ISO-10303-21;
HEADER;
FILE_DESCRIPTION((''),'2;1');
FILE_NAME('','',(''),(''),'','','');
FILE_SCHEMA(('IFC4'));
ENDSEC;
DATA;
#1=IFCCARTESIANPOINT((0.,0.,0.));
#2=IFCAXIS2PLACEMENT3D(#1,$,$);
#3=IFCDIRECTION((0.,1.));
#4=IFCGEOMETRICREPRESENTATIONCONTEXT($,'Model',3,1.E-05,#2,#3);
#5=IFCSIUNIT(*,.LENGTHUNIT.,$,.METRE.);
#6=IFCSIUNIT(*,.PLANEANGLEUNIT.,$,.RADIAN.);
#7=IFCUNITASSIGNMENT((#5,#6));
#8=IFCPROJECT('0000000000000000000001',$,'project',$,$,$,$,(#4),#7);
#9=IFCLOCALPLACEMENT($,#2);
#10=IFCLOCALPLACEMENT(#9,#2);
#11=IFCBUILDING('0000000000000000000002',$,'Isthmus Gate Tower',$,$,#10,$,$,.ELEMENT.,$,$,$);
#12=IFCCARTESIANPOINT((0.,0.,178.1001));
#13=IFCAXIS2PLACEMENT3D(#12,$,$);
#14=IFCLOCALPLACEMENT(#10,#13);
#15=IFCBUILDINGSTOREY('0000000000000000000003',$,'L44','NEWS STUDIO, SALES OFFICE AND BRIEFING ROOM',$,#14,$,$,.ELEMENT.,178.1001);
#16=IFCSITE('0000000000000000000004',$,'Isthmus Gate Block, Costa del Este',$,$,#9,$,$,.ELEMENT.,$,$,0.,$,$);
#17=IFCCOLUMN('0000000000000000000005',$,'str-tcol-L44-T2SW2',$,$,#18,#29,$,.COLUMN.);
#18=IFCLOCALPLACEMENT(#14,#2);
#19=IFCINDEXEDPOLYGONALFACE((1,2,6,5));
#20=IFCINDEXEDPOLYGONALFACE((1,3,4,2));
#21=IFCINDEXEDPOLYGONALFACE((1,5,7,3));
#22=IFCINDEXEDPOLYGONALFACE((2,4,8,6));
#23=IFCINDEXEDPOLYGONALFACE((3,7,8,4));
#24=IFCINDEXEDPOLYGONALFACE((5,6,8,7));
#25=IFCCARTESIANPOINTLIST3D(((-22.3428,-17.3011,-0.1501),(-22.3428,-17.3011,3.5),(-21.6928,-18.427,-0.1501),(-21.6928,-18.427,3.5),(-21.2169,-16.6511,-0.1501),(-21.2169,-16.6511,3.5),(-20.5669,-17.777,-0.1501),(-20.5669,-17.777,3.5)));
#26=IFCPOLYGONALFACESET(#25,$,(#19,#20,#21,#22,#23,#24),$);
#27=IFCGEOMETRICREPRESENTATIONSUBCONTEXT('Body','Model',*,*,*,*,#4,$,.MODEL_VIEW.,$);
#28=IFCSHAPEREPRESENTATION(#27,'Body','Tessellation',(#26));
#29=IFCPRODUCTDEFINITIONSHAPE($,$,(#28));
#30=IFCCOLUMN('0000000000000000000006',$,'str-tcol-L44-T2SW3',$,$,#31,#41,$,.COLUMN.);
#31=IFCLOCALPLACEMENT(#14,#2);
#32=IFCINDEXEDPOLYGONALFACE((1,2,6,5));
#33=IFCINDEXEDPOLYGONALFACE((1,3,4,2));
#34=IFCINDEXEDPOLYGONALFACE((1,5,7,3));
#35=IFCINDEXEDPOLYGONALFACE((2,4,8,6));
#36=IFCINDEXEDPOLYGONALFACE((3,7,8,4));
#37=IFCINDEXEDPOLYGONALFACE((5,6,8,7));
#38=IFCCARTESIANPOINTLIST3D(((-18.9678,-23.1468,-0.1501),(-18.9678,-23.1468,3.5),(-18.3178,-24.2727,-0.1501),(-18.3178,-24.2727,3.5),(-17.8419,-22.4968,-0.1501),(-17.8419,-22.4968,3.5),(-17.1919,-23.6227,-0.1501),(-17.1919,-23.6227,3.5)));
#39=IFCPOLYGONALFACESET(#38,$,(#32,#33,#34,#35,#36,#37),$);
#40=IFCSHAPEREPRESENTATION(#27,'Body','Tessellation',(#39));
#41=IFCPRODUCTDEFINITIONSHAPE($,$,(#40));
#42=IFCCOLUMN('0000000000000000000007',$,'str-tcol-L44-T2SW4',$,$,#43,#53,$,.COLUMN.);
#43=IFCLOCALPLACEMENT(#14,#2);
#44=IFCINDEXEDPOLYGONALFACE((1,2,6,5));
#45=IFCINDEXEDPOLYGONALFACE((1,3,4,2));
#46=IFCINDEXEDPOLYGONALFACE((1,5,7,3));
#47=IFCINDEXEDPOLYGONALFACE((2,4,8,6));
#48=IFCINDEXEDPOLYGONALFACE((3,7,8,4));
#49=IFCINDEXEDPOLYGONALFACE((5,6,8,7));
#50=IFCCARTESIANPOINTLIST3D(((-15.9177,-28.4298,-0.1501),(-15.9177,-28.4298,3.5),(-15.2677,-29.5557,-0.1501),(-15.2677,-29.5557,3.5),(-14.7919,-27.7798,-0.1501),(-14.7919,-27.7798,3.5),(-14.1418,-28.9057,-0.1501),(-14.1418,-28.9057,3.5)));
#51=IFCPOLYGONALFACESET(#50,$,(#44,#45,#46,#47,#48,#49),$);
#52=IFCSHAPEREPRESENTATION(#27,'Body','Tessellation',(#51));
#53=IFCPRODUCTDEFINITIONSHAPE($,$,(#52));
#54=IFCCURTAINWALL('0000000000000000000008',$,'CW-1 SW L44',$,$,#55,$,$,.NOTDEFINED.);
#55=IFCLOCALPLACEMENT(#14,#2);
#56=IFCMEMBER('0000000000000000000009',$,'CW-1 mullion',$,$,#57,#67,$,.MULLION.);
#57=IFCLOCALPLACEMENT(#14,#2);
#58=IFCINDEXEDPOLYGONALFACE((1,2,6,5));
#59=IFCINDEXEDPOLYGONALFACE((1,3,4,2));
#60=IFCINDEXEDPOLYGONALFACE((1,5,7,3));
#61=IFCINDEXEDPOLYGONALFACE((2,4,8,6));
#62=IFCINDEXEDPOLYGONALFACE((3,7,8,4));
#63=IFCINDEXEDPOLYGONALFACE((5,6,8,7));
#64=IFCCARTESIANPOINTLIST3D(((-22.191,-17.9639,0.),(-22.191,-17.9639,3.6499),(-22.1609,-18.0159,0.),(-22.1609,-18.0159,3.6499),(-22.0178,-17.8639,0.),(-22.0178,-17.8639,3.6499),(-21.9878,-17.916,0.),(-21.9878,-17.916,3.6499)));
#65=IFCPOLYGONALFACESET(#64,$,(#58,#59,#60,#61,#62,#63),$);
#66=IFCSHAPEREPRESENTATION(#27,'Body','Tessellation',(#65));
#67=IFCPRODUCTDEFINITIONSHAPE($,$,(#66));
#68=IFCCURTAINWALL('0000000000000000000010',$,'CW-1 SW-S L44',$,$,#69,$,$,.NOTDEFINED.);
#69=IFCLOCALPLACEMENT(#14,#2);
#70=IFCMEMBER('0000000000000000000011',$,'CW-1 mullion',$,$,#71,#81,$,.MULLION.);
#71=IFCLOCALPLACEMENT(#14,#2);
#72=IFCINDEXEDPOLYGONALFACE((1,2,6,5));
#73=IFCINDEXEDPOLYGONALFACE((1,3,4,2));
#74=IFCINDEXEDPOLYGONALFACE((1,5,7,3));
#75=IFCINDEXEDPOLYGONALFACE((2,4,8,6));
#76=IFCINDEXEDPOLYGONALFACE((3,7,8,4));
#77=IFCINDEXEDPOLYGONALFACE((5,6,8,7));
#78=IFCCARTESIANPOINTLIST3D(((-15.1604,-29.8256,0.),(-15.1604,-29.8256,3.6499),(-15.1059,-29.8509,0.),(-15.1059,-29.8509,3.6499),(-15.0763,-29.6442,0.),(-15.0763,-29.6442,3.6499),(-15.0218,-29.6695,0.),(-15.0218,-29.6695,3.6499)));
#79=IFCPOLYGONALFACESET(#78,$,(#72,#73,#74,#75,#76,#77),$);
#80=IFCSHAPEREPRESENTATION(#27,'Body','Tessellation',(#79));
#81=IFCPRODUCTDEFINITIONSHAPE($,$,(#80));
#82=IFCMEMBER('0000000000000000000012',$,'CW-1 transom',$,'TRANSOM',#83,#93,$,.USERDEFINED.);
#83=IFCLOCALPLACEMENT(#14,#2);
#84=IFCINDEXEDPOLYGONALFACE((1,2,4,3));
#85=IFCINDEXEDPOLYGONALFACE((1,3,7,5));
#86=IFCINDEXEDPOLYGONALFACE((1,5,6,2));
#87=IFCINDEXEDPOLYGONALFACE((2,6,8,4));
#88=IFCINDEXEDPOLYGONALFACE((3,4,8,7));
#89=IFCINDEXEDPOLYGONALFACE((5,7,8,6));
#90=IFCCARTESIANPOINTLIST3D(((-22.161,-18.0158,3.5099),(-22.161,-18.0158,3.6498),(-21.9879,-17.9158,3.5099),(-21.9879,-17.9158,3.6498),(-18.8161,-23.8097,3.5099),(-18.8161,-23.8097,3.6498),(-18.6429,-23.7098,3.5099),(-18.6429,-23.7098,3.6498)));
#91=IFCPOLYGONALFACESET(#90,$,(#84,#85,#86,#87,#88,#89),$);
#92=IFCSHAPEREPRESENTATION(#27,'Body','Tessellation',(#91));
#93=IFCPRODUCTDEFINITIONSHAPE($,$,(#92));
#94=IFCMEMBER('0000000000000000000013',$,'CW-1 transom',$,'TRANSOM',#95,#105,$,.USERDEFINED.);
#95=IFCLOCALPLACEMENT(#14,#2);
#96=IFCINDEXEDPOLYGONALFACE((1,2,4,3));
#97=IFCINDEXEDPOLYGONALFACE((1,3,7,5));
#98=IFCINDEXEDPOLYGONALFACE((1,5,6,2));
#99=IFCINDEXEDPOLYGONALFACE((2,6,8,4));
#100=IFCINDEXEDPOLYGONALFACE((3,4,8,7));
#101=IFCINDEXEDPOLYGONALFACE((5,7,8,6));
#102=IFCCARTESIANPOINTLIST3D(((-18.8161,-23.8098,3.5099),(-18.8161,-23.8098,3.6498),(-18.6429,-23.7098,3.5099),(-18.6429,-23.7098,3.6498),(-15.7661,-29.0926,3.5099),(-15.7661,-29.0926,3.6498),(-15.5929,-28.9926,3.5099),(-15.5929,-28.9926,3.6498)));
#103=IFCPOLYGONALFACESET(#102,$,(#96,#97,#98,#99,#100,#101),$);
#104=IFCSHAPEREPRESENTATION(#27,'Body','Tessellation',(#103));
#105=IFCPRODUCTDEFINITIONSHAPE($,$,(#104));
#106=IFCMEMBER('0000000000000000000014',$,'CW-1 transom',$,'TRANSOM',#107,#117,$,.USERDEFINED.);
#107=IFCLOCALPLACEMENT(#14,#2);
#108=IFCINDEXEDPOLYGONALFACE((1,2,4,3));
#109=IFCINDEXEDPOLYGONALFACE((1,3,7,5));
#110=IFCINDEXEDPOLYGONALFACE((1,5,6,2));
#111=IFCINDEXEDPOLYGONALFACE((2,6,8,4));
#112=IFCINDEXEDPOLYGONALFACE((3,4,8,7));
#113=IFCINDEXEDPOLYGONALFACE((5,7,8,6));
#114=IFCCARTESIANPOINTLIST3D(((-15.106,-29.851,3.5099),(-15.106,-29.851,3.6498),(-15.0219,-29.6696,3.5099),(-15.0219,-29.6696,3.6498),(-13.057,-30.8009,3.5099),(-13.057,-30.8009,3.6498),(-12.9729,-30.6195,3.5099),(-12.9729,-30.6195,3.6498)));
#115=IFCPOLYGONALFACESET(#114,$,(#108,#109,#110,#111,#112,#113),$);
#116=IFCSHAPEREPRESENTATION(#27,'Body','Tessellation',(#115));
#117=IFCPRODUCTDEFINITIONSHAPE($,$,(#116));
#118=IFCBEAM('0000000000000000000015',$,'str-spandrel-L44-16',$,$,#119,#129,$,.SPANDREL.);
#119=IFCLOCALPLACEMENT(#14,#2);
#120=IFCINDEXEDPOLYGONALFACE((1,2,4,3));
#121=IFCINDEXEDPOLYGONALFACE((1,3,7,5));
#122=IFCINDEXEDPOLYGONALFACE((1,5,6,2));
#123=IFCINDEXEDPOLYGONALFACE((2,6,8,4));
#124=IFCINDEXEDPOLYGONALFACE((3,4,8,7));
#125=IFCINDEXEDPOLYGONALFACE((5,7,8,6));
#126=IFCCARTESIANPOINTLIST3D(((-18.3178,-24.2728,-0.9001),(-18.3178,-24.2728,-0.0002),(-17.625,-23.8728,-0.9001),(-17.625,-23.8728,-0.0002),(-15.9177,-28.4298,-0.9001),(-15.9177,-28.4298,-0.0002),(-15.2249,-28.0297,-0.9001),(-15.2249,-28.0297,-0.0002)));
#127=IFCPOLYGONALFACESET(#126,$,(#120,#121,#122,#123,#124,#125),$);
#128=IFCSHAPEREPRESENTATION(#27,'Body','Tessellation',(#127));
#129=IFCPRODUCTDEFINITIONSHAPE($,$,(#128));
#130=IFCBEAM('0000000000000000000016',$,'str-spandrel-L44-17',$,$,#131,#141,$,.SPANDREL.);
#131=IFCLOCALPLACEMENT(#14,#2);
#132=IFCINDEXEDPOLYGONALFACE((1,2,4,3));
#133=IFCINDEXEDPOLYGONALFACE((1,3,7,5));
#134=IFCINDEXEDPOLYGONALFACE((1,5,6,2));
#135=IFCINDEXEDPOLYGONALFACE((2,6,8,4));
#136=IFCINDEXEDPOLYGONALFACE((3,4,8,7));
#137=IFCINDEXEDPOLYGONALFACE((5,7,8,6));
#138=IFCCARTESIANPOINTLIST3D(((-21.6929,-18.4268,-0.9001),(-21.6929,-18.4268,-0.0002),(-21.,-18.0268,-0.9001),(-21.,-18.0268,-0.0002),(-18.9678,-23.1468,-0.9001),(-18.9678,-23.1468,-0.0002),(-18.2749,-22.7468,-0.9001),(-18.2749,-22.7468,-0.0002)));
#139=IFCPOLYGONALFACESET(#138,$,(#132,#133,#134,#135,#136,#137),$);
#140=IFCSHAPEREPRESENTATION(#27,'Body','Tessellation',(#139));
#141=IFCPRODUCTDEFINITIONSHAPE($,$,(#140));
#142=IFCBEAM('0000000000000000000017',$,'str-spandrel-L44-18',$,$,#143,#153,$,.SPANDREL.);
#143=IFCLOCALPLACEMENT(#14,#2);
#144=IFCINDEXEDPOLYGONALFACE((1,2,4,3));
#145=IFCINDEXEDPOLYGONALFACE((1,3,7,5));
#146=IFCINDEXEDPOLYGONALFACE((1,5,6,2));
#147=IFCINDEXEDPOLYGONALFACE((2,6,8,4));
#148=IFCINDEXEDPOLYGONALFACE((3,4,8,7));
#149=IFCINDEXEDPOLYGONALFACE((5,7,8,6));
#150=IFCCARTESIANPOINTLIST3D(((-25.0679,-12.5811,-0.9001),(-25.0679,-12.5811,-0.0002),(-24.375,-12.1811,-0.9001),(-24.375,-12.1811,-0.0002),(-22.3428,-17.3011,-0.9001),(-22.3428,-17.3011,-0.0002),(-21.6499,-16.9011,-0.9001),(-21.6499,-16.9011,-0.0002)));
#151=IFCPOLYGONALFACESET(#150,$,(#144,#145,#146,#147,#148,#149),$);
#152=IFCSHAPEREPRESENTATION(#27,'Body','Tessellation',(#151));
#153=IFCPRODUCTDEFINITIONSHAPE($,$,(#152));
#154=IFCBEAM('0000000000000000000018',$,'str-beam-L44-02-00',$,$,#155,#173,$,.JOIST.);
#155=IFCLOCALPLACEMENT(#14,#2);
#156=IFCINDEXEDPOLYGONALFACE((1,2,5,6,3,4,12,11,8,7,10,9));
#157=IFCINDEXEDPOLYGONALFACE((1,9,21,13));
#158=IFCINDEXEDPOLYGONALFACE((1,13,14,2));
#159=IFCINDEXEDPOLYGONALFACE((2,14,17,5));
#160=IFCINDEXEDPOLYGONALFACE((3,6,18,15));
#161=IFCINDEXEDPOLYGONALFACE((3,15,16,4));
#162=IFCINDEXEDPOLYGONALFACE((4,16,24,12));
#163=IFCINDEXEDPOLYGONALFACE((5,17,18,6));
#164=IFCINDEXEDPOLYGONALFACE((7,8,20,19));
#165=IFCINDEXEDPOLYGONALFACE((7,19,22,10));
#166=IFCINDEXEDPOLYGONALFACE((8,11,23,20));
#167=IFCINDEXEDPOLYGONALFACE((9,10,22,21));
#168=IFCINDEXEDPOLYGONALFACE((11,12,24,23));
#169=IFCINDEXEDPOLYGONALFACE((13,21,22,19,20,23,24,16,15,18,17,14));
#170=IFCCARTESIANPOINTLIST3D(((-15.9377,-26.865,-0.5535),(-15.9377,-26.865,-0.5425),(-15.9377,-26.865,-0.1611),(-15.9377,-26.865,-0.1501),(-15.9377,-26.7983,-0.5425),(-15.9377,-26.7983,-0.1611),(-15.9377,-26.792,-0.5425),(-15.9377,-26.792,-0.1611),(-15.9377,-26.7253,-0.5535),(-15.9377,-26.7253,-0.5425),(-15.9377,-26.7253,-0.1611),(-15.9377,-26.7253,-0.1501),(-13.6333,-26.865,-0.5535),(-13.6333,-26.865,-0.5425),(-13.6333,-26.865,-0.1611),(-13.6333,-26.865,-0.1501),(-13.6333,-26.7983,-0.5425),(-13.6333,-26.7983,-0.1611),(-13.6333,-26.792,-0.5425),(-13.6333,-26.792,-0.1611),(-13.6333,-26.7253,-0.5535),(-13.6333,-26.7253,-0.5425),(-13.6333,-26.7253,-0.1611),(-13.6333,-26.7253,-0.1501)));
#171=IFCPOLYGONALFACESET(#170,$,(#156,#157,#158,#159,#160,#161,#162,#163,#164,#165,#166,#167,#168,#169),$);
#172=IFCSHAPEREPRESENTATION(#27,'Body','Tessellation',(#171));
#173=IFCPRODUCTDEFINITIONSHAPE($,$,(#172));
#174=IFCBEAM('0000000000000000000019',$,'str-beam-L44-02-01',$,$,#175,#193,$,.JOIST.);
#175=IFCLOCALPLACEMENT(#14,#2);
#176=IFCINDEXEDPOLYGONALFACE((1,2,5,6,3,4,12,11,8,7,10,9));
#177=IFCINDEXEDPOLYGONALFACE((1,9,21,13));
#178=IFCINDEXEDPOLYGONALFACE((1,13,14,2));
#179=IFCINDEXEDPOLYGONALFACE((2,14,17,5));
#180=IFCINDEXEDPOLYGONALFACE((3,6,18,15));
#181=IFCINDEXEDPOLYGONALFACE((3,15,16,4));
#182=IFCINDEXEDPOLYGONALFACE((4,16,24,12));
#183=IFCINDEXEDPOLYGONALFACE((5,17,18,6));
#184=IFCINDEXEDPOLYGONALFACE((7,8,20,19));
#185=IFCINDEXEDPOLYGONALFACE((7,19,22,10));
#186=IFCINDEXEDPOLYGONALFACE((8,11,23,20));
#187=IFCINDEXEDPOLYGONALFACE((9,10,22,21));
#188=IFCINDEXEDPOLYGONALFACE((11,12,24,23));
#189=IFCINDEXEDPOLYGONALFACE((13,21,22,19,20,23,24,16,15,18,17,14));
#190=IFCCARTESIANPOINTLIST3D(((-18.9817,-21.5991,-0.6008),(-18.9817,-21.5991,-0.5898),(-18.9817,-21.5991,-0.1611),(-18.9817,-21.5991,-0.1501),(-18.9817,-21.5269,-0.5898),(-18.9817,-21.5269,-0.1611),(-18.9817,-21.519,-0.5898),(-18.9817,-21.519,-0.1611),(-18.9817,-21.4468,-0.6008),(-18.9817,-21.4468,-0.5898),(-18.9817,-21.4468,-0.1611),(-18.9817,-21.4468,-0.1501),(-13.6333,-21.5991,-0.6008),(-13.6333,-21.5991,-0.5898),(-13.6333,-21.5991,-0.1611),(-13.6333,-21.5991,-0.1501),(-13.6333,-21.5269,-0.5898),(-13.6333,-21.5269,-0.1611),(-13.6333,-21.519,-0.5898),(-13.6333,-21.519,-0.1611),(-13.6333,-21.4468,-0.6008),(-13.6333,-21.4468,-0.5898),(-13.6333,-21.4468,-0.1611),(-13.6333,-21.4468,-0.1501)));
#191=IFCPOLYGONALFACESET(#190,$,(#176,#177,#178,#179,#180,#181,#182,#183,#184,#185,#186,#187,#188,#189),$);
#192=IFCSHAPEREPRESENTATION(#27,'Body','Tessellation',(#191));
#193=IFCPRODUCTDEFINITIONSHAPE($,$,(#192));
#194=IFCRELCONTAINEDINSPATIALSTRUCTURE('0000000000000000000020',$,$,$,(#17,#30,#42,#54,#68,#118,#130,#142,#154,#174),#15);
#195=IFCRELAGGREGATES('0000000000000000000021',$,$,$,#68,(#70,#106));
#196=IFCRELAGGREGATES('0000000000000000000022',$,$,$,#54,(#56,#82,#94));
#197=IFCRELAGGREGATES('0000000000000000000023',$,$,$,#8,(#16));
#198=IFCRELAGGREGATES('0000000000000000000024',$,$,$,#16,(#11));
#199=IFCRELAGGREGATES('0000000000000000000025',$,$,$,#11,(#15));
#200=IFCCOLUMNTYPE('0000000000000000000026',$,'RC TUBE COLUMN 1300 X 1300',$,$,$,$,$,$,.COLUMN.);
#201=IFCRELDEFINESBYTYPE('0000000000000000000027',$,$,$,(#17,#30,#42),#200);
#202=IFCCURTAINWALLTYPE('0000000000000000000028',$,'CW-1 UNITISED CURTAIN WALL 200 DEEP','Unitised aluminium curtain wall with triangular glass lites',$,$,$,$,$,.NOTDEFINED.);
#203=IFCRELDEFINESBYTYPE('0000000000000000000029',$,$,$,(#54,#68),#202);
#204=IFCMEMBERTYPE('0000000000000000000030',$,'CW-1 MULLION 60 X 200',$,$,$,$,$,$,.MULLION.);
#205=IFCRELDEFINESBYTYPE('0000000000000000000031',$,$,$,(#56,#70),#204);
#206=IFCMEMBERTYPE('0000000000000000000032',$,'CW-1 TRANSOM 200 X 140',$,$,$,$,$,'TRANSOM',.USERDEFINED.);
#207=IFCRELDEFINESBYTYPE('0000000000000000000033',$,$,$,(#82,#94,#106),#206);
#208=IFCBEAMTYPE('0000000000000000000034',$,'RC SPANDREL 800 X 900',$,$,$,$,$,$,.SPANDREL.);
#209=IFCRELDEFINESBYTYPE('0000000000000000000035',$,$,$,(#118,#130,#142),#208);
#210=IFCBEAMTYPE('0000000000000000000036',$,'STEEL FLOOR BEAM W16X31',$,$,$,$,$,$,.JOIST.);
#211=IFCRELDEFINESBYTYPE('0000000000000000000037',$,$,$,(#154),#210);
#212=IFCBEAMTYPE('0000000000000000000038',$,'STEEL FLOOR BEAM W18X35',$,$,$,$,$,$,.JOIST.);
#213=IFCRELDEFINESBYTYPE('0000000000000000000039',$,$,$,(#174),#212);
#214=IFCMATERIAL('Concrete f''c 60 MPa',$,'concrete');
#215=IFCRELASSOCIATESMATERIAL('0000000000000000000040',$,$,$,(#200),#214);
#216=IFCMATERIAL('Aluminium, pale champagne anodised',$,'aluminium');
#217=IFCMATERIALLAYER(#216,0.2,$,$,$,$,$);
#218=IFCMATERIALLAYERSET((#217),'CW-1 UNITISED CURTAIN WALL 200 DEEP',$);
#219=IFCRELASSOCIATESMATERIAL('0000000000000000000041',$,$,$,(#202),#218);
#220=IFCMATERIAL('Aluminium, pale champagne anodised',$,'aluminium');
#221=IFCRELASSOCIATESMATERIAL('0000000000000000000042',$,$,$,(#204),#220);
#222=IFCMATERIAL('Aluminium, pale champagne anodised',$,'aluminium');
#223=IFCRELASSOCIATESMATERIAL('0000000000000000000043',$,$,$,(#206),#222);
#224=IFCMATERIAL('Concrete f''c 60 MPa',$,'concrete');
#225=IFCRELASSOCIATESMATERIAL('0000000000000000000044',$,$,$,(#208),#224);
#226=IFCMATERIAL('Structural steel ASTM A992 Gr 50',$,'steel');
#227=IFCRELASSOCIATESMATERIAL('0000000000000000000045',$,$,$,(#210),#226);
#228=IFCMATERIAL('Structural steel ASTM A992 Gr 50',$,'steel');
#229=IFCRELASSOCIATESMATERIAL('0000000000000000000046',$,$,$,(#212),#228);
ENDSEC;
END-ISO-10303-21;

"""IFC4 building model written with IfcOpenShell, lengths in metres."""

from ifc_helpers import new_model, si_unit, direction, frame, origin, origin_2d, place, context, subcontext, project, spatial, rectangle, i_section, extrude, material, layer, layer_set, material_profile, profile_set, type_object, element, aggregate, save


model = new_model("IFC4")

# Units and contexts
model_context = context("Model", 3, precision=1e-05, world=origin(), true_north=direction((0.0, 1.0)))
body_context = subcontext(model_context, "Body", "Model", "MODEL_VIEW")
ifc_project = project(units=[si_unit("LENGTHUNIT", "METRE"), si_unit("PLANEANGLEUNIT", "RADIAN")], contexts=[model_context])

# Site, building, storey
site_placement = place(None, origin())
site = spatial("IfcSite", under=ifc_project, at=site_placement, Name="Isthmus Gate Block, Costa del Este", CompositionType="ELEMENT", RefElevation=0.0)
building_placement = place(site_placement, origin())
building = spatial("IfcBuilding", under=site, at=building_placement, Name="Isthmus Gate Tower", CompositionType="ELEMENT")
storey_placement = place(building_placement, frame((0.0, 0.0, 178.1001)))
storey = spatial("IfcBuildingStorey", under=building, at=storey_placement, Name="L44", Description="NEWS STUDIO, SALES OFFICE AND BRIEFING ROOM", CompositionType="ELEMENT", Elevation=178.1001)

# Columns
ifc_material_1 = material(Name="Concrete f'c 60 MPa", Category="concrete")
ifc_material_profile_1 = material_profile(ifc_material_1, rectangle(XDim=1.3, YDim=1.3, at=origin_2d()), Name="RC 1300X1300")
ifc_profile_set_1 = profile_set([ifc_material_profile_1], Name="Concrete f'c 60 MPa")
column_type = type_object("IfcColumnType", Name="RC TUBE COLUMN 1300 X 1300", PredefinedType="COLUMN", material=ifc_profile_set_1)
for number, where, z_axis, x_axis, name in (
    (1, (-21.4548, -17.5391, -0.1501), (0.0, 0.0, 1.0), (0.5, -0.866025, 0.0), "str-tcol-L44-T2SW2"),
    (2, (-18.0798, -23.3848, -0.1501), (0.0, 0.0, 1.0), (0.5, -0.866025, 0.0), "str-tcol-L44-T2SW3"),
    (3, (-15.0298, -28.6677, -0.1501), (0.0, 0.0, 1.0), (0.5, -0.866025, 0.0), "str-tcol-L44-T2SW4"),
):
    element("IfcColumn", number, at=place(storey_placement, frame(where, z_axis=z_axis, x_axis=x_axis)), inside=storey, type_object=column_type, Name=name, PredefinedType="COLUMN", context=body_context, shape_type="SweptSolid", body=[
        extrude(rectangle(XDim=1.3, YDim=1.3, at=origin_2d()), origin(), (0.0, 0.0, 1.0), 3.6501),
    ])

# Curtain walls, members
ifc_material_2 = material(Name="Aluminium, pale champagne anodised", Category="aluminium")
ifc_layer_1 = layer(ifc_material_2, 0.2)
ifc_layer_set_1 = layer_set([ifc_layer_1], Name="CW-1 UNITISED CURTAIN WALL 200 DEEP")
curtain_wall_type = type_object("IfcCurtainWallType", Name="CW-1 UNITISED CURTAIN WALL 200 DEEP", Description="Unitised aluminium curtain wall with triangular glass lites", PredefinedType="NOTDEFINED", material=ifc_layer_set_1)
curtain_wall_1_placement = place(storey_placement, origin())
curtain_wall_1 = element("IfcCurtainWall", 4, at=curtain_wall_1_placement, inside=storey, type_object=curtain_wall_type, Name="CW-1 SW L44", PredefinedType="NOTDEFINED")
ifc_material_3 = material(Name="Aluminium, pale champagne anodised", Category="aluminium")
ifc_material_profile_2 = material_profile(ifc_material_3, rectangle(XDim=0.0601, YDim=0.2, at=origin_2d()), Name="60x200")
ifc_profile_set_2 = profile_set([ifc_material_profile_2], Name="Aluminium, pale champagne anodised")
member_type_1 = type_object("IfcMemberType", Name="CW-1 MULLION 60 X 200", PredefinedType="MULLION", material=ifc_profile_set_2)
member_1_placement = place(storey_placement, frame((-22.0894, -17.9399, 0.0), z_axis=(0.0, 0.0, 1.0), x_axis=(0.5, -0.866025, 0.0)))
member_1 = element("IfcMember", 5, at=member_1_placement, type_object=member_type_1, Name="CW-1 mullion", PredefinedType="MULLION", context=body_context, shape_type="SweptSolid", body=[
    extrude(rectangle(XDim=0.0601, YDim=0.2, at=origin_2d()), origin(), (0.0, 0.0, 1.0), 3.6499),
])
curtain_wall_2_placement = place(storey_placement, origin())
curtain_wall_2 = element("IfcCurtainWall", 6, at=curtain_wall_2_placement, inside=storey, type_object=curtain_wall_type, Name="CW-1 SW-S L44", PredefinedType="NOTDEFINED")
member_2_placement = place(storey_placement, frame((-15.0911, -29.7476, 0.0), z_axis=(0.0, 0.0, 1.0), x_axis=(0.907256, -0.420578, 0.0)))
member_2 = element("IfcMember", 7, at=member_2_placement, type_object=member_type_1, Name="CW-1 mullion", PredefinedType="MULLION", context=body_context, shape_type="SweptSolid", body=[
    extrude(rectangle(XDim=0.0601, YDim=0.2, at=origin_2d()), origin(), (0.0, 0.0, 1.0), 3.6499),
])

# Members
ifc_material_4 = material(Name="Aluminium, pale champagne anodised", Category="aluminium")
ifc_material_profile_3 = material_profile(ifc_material_4, rectangle(XDim=0.2, YDim=0.1399, at=origin_2d()), Name="200x140")
ifc_profile_set_3 = profile_set([ifc_material_profile_3], Name="Aluminium, pale champagne anodised")
member_type_2 = type_object("IfcMemberType", Name="CW-1 TRANSOM 200 X 140", ElementType="TRANSOM", PredefinedType="USERDEFINED", material=ifc_profile_set_3)
member_3_placement = place(storey_placement, frame((-22.0745, -17.9658, 3.5798), z_axis=(0.499981, -0.866036, 0.0), x_axis=(0.866036, 0.499981, 0.0)))
member_3 = element("IfcMember", 8, at=member_3_placement, type_object=member_type_2, Name="CW-1 transom", ObjectType="TRANSOM", PredefinedType="USERDEFINED", context=body_context, shape_type="SweptSolid", body=[
    extrude(rectangle(XDim=0.2, YDim=0.1399, at=origin_2d()), origin(), (0.0, 0.0, 1.0), 6.6902),
])
member_4_placement = place(storey_placement, frame((-18.7295, -23.7598, 3.5798), z_axis=(0.499992, -0.86603, 0.0), x_axis=(0.86603, 0.499992, 0.0)))
member_4 = element("IfcMember", 9, at=member_4_placement, type_object=member_type_2, Name="CW-1 transom", ObjectType="TRANSOM", PredefinedType="USERDEFINED", context=body_context, shape_type="SweptSolid", body=[
    extrude(rectangle(XDim=0.2, YDim=0.1399, at=origin_2d()), origin(), (0.0, 0.0, 1.0), 6.1001),
])
member_5_placement = place(storey_placement, frame((-15.064, -29.7603, 3.5798), z_axis=(0.907246, -0.4206, 0.0), x_axis=(0.4206, 0.907246, 0.0)))
member_5 = element("IfcMember", 10, at=member_5_placement, type_object=member_type_2, Name="CW-1 transom", ObjectType="TRANSOM", PredefinedType="USERDEFINED", context=body_context, shape_type="SweptSolid", body=[
    extrude(rectangle(XDim=0.2, YDim=0.1399, at=origin_2d()), origin(), (0.0, 0.0, 1.0), 2.2585),
])
aggregate(curtain_wall_2, [member_2, member_5])

# Beams
ifc_material_5 = material(Name="Concrete f'c 60 MPa", Category="concrete")
ifc_material_profile_4 = material_profile(ifc_material_5, rectangle(XDim=0.8, YDim=0.8999, at=origin_2d()), Name="RC 800X900")
ifc_profile_set_4 = profile_set([ifc_material_profile_4], Name="Concrete f'c 60 MPa")
beam_type_1 = type_object("IfcBeamType", Name="RC SPANDREL 800 X 900", PredefinedType="SPANDREL", material=ifc_profile_set_4)
beam_1_placement = place(storey_placement, frame((-15.5713, -28.2297, -0.4502), z_axis=(-0.500017, 0.866015, 0.0), x_axis=(-0.866015, -0.500017, 0.0)))
element("IfcBeam", 11, at=beam_1_placement, inside=storey, type_object=beam_type_1, Name="str-spandrel-L44-16", PredefinedType="SPANDREL", context=body_context, shape_type="SweptSolid", body=[
    extrude(rectangle(XDim=0.8, YDim=0.8999, at=origin_2d()), origin(), (0.0, 0.0, 1.0), 4.8),
])
for number, where, z_axis, x_axis, name in (
    (12, (-18.6213, -22.9468, -0.4502), (-0.500003, 0.866024, 0.0), (-0.866024, -0.500003, 0.0), "str-spandrel-L44-17"),
    (13, (-21.9963, -17.1011, -0.4502), (-0.500003, 0.866024, 0.0), (-0.866024, -0.500003, 0.0), "str-spandrel-L44-18"),
):
    element("IfcBeam", number, at=place(storey_placement, frame(where, z_axis=z_axis, x_axis=x_axis)), inside=storey, type_object=beam_type_1, Name=name, PredefinedType="SPANDREL", context=body_context, shape_type="SweptSolid", body=[
        extrude(rectangle(XDim=0.8, YDim=0.8999, at=origin_2d()), origin(), (0.0, 0.0, 1.0), 5.4502),
    ])
ifc_material_6 = material(Name="Structural steel ASTM A992 Gr 50", Category="steel")
ifc_material_profile_5 = material_profile(ifc_material_6, i_section(OverallWidth=0.1396, OverallDepth=0.4033, WebThickness=0.0063, FlangeThickness=0.011, at=origin_2d()), Name="W16X31")
ifc_profile_set_5 = profile_set([ifc_material_profile_5], Name="Structural steel ASTM A992 Gr 50")
beam_type_2 = type_object("IfcBeamType", Name="STEEL FLOOR BEAM W16X31", PredefinedType="JOIST", material=ifc_profile_set_5)
beam_2_placement = place(storey_placement, frame((-15.9377, -26.7952, -0.3518), z_axis=(1.0, 0.0, 0.0), x_axis=(0.0, 1.0, 0.0)))
element("IfcBeam", 14, at=beam_2_placement, inside=storey, type_object=beam_type_2, Name="str-beam-L44-02-00", PredefinedType="JOIST", context=body_context, shape_type="SweptSolid", body=[
    extrude(i_section(OverallWidth=0.1396, OverallDepth=0.4033, WebThickness=0.0063, FlangeThickness=0.011, at=origin_2d()), origin(), (0.0, 0.0, 1.0), 2.3044),
])
ifc_material_7 = material(Name="Structural steel ASTM A992 Gr 50", Category="steel")
ifc_material_profile_6 = material_profile(ifc_material_7, i_section(OverallWidth=0.1523, OverallDepth=0.4507, WebThickness=0.0078, FlangeThickness=0.011, at=origin_2d()), Name="W18X35")
ifc_profile_set_6 = profile_set([ifc_material_profile_6], Name="Structural steel ASTM A992 Gr 50")
beam_type_3 = type_object("IfcBeamType", Name="STEEL FLOOR BEAM W18X35", PredefinedType="JOIST", material=ifc_profile_set_6)
beam_3_placement = place(storey_placement, frame((-18.9817, -21.5229, -0.3755), z_axis=(1.0, 0.0, 0.0), x_axis=(0.0, 1.0, 0.0)))
element("IfcBeam", 15, at=beam_3_placement, inside=storey, type_object=beam_type_3, Name="str-beam-L44-02-01", PredefinedType="JOIST", context=body_context, shape_type="SweptSolid", body=[
    extrude(i_section(OverallWidth=0.1523, OverallDepth=0.4507, WebThickness=0.0078, FlangeThickness=0.011, at=origin_2d()), origin(), (0.0, 0.0, 1.0), 5.3484),
])

aggregate(curtain_wall_1, [member_1, member_3, member_4])

save(model, "model.ifc")
